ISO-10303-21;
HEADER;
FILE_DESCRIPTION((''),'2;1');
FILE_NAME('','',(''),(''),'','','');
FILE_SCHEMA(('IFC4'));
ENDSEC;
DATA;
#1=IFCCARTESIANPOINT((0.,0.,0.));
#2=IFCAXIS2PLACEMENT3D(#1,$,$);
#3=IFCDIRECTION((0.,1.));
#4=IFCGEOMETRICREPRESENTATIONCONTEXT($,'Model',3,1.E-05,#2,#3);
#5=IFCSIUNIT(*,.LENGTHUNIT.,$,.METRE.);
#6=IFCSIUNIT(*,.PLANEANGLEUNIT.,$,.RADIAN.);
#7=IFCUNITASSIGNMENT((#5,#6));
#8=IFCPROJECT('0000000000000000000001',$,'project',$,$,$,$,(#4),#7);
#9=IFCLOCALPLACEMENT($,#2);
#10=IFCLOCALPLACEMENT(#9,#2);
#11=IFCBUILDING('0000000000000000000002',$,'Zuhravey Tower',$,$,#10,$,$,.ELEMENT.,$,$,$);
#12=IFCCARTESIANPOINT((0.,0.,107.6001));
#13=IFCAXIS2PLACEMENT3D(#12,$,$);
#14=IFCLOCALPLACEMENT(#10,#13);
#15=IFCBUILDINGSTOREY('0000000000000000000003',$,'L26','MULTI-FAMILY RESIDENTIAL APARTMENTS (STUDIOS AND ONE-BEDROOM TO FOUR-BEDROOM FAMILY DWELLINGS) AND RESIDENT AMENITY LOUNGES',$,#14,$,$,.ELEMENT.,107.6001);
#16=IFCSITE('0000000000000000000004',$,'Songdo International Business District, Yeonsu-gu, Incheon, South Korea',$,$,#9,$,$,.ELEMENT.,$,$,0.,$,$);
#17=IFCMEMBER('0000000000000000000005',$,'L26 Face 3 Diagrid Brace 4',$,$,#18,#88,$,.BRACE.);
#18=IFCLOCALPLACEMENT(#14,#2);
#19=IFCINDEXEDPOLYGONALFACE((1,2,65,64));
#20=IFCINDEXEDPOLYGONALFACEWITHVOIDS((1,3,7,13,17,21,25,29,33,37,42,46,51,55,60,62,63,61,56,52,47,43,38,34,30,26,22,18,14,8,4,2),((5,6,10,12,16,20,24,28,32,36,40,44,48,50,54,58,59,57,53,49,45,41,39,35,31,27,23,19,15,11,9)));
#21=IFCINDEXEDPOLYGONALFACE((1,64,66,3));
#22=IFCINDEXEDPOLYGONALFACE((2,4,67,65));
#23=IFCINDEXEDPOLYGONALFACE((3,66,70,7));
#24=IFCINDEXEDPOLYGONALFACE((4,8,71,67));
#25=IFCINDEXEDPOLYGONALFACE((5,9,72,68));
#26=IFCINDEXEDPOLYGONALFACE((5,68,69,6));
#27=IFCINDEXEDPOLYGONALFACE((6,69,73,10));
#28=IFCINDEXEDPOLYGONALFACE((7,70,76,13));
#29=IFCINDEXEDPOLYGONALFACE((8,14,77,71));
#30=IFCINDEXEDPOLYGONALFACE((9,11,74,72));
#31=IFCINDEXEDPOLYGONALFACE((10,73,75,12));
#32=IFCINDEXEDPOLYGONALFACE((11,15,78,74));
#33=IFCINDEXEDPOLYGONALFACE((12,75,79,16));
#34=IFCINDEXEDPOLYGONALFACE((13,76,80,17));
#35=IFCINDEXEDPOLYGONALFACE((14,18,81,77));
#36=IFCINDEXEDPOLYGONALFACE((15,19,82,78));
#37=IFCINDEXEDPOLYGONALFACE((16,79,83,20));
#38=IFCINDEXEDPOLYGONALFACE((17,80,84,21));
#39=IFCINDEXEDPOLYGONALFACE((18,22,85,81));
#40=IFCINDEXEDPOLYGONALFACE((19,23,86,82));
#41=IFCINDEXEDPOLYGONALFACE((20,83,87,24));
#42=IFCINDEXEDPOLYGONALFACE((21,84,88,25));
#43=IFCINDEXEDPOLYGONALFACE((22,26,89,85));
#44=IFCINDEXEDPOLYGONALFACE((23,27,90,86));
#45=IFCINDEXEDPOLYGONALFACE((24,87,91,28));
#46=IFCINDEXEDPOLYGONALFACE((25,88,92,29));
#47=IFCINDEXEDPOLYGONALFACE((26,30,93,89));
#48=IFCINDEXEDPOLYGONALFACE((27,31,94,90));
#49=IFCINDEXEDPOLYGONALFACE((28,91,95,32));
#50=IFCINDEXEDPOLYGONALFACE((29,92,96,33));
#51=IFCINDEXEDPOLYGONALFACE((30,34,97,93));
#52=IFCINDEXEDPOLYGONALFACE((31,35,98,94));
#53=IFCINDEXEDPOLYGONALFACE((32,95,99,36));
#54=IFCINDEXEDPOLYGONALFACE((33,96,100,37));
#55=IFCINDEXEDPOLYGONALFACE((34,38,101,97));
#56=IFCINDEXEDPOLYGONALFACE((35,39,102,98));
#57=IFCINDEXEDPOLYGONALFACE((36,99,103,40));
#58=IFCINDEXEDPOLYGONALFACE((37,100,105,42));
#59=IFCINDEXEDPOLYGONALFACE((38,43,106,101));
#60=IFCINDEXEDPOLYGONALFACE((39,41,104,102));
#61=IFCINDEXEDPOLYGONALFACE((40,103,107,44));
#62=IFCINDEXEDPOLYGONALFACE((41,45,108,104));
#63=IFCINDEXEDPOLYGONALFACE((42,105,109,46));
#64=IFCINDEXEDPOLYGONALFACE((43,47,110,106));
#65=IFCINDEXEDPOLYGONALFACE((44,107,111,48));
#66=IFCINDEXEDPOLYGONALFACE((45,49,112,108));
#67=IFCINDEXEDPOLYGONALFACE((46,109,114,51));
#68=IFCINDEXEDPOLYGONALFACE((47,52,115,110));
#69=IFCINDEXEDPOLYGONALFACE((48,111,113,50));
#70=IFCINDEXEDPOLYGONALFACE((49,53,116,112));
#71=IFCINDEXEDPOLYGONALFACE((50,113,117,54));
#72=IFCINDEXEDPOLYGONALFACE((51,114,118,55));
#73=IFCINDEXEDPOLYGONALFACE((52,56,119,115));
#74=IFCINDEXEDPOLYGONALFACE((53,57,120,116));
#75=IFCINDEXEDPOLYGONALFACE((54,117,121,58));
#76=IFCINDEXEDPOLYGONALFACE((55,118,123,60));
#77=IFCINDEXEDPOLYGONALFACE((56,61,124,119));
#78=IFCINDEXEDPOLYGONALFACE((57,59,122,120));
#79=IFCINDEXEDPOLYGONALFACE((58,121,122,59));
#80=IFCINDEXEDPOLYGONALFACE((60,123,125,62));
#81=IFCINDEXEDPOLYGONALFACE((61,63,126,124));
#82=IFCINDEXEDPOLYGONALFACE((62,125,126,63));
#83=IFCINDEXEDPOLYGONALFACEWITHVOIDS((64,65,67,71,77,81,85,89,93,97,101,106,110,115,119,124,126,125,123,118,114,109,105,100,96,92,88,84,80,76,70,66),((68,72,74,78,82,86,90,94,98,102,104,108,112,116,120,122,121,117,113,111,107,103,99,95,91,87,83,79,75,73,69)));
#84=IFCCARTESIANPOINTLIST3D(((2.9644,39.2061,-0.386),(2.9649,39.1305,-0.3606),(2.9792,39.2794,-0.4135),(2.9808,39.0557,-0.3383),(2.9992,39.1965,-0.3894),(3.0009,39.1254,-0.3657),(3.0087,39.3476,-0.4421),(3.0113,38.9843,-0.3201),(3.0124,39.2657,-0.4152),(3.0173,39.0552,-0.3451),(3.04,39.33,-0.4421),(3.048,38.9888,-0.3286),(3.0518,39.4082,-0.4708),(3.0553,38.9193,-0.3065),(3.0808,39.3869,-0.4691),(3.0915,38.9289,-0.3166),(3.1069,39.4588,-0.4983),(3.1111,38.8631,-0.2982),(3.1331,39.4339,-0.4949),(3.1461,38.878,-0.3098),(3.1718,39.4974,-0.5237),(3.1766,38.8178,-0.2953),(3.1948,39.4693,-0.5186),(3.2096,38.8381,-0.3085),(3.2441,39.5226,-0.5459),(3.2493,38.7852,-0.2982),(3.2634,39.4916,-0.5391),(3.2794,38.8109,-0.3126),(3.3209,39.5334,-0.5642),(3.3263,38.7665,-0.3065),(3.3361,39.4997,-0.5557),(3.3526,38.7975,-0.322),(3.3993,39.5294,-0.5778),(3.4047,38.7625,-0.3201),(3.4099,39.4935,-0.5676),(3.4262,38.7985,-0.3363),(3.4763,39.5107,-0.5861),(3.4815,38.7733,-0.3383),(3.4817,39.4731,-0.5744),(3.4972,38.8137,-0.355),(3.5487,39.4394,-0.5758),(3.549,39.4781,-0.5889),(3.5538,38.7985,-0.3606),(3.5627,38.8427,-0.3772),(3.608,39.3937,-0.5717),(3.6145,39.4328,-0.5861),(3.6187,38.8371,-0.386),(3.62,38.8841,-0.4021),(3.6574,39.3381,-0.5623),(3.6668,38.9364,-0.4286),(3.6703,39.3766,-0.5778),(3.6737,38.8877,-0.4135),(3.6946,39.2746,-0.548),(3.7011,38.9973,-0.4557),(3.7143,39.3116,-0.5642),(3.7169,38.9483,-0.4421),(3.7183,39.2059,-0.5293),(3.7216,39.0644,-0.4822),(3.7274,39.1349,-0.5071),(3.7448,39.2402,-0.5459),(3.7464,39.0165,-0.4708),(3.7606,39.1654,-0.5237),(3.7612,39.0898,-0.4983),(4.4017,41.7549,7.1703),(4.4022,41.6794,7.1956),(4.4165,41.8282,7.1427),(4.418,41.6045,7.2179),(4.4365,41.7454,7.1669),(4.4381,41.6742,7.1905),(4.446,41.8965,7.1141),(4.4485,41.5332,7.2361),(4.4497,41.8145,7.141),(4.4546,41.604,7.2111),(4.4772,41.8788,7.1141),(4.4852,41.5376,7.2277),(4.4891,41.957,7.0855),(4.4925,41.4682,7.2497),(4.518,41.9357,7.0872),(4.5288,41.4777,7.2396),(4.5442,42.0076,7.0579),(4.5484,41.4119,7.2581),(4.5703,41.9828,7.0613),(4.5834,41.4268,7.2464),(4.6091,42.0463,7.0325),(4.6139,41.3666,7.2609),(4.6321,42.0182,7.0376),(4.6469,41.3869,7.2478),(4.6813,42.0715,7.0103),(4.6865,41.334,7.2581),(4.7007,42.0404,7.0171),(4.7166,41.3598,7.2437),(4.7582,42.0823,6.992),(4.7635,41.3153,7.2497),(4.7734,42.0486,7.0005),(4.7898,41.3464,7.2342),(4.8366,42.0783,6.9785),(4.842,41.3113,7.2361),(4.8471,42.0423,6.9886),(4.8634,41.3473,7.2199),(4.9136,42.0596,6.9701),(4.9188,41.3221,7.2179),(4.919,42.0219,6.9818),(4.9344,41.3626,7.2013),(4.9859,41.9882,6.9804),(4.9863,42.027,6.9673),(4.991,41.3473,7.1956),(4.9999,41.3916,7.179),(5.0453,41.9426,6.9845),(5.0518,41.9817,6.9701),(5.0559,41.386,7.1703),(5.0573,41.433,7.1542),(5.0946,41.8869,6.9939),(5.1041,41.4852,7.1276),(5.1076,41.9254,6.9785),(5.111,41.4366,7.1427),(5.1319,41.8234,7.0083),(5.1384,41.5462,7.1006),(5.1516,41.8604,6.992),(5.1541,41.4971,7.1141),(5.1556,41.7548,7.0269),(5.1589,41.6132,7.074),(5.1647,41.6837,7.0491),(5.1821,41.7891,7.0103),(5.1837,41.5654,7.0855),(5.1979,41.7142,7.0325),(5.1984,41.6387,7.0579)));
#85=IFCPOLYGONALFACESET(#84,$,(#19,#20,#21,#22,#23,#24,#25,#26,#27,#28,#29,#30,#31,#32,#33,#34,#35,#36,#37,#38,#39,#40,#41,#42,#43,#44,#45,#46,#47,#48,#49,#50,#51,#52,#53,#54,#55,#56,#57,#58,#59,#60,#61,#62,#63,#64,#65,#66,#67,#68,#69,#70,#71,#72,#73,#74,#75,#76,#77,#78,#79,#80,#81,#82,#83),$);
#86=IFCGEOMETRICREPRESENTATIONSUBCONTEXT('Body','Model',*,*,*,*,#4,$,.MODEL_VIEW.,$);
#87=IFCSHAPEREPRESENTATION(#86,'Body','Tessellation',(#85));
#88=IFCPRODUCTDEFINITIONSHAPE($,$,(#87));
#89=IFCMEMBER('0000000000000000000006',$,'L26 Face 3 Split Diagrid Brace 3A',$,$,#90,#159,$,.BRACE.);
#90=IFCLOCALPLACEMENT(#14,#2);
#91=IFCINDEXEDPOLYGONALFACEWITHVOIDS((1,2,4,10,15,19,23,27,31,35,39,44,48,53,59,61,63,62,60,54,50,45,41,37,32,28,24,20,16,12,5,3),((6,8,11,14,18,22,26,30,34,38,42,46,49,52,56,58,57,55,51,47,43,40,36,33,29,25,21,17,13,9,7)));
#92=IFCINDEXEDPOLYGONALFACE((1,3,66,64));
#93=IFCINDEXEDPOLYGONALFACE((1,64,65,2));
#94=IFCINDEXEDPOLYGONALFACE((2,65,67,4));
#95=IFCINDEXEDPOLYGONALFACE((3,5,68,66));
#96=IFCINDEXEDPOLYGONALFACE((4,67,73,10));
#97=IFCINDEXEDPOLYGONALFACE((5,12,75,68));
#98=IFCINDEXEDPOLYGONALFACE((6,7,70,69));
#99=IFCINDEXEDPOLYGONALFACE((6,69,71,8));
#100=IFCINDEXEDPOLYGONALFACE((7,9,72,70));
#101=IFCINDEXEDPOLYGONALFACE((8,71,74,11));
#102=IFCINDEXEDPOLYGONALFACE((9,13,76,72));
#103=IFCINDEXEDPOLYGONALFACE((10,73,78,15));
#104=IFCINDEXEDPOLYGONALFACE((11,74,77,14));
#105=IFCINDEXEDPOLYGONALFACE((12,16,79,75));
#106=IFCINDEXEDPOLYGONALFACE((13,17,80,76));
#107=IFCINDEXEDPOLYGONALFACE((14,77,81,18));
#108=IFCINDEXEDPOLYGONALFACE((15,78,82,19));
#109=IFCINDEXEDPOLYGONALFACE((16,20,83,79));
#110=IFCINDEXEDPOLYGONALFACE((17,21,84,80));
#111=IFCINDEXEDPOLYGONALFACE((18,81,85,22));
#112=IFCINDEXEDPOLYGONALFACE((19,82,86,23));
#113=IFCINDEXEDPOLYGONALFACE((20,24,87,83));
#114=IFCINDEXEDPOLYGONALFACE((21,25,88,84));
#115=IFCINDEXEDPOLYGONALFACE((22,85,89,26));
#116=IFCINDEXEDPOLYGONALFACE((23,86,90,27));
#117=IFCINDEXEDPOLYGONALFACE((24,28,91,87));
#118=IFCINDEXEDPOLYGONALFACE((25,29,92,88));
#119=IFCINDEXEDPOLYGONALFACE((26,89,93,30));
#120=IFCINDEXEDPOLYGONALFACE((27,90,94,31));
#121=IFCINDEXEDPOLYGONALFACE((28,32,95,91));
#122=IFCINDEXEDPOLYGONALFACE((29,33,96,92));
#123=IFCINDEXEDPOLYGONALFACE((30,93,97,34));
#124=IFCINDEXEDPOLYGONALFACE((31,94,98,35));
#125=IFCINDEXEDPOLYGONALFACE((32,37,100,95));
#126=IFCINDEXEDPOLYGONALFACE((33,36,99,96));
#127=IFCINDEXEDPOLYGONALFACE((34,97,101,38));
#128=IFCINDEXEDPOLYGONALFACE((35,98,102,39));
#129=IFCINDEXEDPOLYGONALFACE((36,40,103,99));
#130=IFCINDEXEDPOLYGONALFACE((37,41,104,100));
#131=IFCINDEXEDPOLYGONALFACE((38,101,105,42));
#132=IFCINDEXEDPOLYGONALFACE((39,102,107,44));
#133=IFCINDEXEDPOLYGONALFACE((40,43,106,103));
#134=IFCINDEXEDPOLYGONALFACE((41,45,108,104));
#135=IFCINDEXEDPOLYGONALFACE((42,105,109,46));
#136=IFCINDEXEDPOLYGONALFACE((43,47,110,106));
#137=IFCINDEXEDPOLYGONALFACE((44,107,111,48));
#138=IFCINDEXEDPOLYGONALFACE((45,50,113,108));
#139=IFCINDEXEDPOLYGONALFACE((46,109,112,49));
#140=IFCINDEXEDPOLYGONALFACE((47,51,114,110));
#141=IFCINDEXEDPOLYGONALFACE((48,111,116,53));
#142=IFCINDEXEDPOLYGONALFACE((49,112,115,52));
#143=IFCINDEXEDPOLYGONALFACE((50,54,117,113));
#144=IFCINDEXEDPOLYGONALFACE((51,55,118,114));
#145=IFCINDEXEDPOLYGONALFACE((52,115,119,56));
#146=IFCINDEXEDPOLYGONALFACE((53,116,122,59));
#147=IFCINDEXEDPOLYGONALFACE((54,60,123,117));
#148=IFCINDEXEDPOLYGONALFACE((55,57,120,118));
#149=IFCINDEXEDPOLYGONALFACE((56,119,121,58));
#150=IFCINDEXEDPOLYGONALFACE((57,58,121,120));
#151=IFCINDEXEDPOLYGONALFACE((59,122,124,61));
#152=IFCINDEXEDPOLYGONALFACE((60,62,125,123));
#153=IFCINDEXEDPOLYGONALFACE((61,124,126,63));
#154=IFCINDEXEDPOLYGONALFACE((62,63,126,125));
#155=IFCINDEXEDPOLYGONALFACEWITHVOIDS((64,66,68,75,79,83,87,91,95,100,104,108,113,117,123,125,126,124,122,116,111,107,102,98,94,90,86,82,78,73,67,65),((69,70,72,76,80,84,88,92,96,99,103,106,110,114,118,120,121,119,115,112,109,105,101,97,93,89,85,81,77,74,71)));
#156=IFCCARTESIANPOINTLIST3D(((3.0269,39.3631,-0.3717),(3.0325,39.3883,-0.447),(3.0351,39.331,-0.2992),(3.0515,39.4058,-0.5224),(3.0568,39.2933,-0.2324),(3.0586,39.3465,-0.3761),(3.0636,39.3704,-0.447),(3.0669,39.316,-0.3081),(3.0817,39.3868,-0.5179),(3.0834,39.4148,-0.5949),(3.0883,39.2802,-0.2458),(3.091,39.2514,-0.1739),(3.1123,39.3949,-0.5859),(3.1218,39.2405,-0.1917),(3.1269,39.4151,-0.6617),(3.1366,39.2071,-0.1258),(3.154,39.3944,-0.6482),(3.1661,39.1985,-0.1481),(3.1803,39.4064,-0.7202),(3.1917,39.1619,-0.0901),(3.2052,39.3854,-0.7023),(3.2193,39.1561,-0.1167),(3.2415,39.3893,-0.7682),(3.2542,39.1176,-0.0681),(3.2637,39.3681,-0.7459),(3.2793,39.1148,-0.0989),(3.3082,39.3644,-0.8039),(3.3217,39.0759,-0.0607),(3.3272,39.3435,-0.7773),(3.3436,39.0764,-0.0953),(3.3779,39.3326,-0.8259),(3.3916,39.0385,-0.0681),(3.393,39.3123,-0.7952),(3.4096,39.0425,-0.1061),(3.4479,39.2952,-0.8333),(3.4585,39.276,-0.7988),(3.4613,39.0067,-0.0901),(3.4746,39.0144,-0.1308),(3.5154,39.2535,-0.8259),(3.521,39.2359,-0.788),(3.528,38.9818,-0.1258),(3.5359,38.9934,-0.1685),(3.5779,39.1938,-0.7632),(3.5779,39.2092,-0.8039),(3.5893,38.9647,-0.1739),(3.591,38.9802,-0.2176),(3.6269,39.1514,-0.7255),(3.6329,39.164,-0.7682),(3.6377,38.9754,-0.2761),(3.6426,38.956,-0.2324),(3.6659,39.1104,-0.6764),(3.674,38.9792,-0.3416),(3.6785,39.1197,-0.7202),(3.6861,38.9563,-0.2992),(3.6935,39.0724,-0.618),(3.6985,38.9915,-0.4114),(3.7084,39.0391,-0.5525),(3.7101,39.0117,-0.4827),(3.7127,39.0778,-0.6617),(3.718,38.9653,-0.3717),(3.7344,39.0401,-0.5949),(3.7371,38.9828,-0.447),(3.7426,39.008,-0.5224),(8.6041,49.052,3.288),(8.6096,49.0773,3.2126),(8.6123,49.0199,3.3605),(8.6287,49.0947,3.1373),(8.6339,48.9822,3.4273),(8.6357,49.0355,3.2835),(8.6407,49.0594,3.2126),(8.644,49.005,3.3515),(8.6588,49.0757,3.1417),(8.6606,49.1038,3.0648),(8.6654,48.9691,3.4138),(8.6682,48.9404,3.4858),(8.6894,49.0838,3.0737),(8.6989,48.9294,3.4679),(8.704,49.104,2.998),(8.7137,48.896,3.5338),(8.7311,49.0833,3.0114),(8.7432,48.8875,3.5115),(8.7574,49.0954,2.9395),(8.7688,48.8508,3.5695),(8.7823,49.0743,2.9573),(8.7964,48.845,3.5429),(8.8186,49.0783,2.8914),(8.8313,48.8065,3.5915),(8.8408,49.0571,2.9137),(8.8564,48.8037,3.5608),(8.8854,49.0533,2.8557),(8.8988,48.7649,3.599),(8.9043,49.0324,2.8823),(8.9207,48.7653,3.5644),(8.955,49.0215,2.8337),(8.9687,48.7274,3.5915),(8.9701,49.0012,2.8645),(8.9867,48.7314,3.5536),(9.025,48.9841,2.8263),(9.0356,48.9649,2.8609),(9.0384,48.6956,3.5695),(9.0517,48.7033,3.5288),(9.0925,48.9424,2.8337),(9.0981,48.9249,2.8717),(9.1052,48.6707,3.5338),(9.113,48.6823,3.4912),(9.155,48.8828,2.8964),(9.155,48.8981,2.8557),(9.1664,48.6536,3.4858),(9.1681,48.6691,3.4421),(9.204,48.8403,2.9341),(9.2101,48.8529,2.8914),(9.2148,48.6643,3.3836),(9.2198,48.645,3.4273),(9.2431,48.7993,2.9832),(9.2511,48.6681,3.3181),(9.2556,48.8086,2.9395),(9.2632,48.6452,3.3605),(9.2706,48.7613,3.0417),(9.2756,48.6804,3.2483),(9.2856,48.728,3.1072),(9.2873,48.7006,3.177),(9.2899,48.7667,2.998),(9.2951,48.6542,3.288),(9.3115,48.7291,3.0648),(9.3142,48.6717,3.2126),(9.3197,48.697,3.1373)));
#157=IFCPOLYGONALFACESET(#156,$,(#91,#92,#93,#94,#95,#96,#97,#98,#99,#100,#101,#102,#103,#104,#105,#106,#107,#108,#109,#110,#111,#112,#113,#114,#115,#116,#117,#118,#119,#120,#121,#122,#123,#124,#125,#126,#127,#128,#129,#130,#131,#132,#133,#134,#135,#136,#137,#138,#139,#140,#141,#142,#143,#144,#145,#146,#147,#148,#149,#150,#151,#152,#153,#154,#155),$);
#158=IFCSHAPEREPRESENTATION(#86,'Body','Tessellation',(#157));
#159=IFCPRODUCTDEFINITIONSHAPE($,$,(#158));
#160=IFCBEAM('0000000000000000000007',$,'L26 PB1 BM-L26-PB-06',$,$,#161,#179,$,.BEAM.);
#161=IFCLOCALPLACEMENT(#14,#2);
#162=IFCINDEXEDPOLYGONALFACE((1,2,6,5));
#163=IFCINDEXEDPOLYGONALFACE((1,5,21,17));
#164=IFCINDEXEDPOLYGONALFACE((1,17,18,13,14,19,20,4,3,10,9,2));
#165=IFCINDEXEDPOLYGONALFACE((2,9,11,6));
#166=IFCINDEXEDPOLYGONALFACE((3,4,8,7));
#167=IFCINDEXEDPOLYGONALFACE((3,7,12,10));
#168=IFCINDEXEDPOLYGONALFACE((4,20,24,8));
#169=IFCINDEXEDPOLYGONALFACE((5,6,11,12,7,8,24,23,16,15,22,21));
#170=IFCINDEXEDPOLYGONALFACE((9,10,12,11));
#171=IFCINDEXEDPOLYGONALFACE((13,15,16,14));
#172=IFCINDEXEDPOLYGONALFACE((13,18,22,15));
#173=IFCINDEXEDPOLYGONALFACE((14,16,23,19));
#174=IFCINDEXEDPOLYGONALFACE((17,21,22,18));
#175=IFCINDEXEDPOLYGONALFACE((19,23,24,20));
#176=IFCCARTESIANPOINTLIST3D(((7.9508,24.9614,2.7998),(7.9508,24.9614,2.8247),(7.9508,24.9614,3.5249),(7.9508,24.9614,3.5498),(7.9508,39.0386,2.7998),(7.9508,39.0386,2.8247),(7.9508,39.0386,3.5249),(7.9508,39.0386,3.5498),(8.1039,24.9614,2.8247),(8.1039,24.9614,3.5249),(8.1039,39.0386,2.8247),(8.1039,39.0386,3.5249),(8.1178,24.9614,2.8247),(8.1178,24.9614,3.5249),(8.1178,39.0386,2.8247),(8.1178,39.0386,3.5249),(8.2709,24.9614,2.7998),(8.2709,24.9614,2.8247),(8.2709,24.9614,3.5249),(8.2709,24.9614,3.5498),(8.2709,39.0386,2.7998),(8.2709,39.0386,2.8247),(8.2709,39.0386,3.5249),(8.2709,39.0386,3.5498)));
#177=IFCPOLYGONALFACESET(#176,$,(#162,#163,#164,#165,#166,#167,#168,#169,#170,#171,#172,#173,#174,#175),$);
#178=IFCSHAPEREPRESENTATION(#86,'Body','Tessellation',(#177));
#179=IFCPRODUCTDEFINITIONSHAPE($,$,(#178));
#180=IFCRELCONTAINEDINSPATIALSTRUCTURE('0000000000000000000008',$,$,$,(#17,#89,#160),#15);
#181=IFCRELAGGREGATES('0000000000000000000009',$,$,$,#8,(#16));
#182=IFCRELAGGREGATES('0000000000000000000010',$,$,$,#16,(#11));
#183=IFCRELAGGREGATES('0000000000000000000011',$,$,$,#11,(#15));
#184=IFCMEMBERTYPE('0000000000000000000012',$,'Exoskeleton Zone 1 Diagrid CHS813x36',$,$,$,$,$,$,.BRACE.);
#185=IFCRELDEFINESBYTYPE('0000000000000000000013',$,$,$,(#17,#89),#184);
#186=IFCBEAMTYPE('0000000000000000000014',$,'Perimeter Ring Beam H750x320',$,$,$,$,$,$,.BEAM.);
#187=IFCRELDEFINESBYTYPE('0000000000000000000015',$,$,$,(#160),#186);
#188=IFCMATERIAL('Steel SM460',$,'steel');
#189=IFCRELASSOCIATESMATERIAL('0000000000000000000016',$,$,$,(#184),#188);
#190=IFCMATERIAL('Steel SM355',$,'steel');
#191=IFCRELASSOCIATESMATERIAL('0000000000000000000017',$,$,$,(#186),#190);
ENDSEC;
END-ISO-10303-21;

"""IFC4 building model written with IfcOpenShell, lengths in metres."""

from ifc_helpers import new_model, si_unit, direction, frame, origin, origin_2d, place, context, subcontext, project, spatial, hollow_circle, i_section, extrude, material, material_profile, profile_set, type_object, element, save


model = new_model("IFC4")

# Units and contexts
model_context = context("Model", 3, precision=1e-05, world=origin(), true_north=direction((0.0, 1.0)))
body_context = subcontext(model_context, "Body", "Model", "MODEL_VIEW")
ifc_project = project(units=[si_unit("LENGTHUNIT", "METRE"), si_unit("PLANEANGLEUNIT", "RADIAN")], contexts=[model_context])

# Site, building, storey
site_placement = place(None, origin())
site = spatial("IfcSite", under=ifc_project, at=site_placement, Name="Songdo International Business District, Yeonsu-gu, Incheon, South Korea", CompositionType="ELEMENT", RefElevation=0.0)
building_placement = place(site_placement, origin())
building = spatial("IfcBuilding", under=site, at=building_placement, Name="Zuhravey Tower", CompositionType="ELEMENT")
storey_placement = place(building_placement, frame((0.0, 0.0, 107.6001)))
storey = spatial("IfcBuildingStorey", under=building, at=storey_placement, Name="L26", Description="MULTI-FAMILY RESIDENTIAL APARTMENTS (STUDIOS AND ONE-BEDROOM TO FOUR-BEDROOM FAMILY DWELLINGS) AND RESIDENT AMENITY LOUNGES", CompositionType="ELEMENT", Elevation=107.6001)

# Members
ifc_material_1 = material(Name="Steel SM460", Category="steel")
ifc_material_profile_1 = material_profile(ifc_material_1, hollow_circle(Radius=0.4065, WallThickness=0.0359, at=origin_2d()), Name="CHS-812.8x36")
ifc_profile_set_1 = profile_set([ifc_material_profile_1], Name="Steel SM460")
member_type_1 = type_object("IfcMemberType", Name="Exoskeleton Zone 1 Diagrid CHS813x36", PredefinedType="BRACE", material=ifc_profile_set_1)
member_1_placement = place(storey_placement, frame((3.3628, 39.1479, -0.4421), z_axis=(0.177375, 0.314556, 0.93252), x_axis=(-0.871058, 0.49118, 0.0)))
element("IfcMember", 1, at=member_1_placement, inside=storey, type_object=member_type_1, Name="L26 Face 3 Diagrid Brace 4", PredefinedType="BRACE", context=body_context, shape_type="SweptSolid", body=[
    extrude(hollow_circle(Radius=0.4065, WallThickness=0.0359, at=origin_2d()), origin(), (0.0, 0.0, 1.0), 8.103),
])
member_2_placement = place(storey_placement, frame((3.3848, 39.1855, -0.447), z_axis=(0.474117, 0.823665, 0.311111), x_axis=(-0.866675, 0.498874, 0.0)))
element("IfcMember", 2, at=member_2_placement, inside=storey, type_object=member_type_1, Name="L26 Face 3 Split Diagrid Brace 3A", PredefinedType="BRACE", context=body_context, shape_type="SweptSolid", body=[
    extrude(hollow_circle(Radius=0.4065, WallThickness=0.0359, at=origin_2d()), origin(), (0.0, 0.0, 1.0), 11.7632),
])

# Beam
ifc_material_2 = material(Name="Steel SM355", Category="steel")
ifc_material_profile_2 = material_profile(ifc_material_2, i_section(OverallWidth=0.3201, OverallDepth=0.75, WebThickness=0.0139, FlangeThickness=0.0249, at=origin_2d()), Name="H-750x320x14x25")
ifc_profile_set_2 = profile_set([ifc_material_profile_2], Name="Steel SM355")
beam_type_1 = type_object("IfcBeamType", Name="Perimeter Ring Beam H750x320", PredefinedType="BEAM", material=ifc_profile_set_2)
beam_1_placement = place(storey_placement, frame((8.1108, 39.0386, 3.1748), z_axis=(0.0, -1.0, 0.0), x_axis=(1.0, 0.0, 0.0)))
element("IfcBeam", 3, at=beam_1_placement, inside=storey, type_object=beam_type_1, Name="L26 PB1 BM-L26-PB-06", PredefinedType="BEAM", context=body_context, shape_type="SweptSolid", body=[
    extrude(i_section(OverallWidth=0.3201, OverallDepth=0.75, WebThickness=0.0139, FlangeThickness=0.0249, at=origin_2d()), origin(), (0.0, 0.0, 1.0), 14.0771),
])

save(model, "model.ifc")
